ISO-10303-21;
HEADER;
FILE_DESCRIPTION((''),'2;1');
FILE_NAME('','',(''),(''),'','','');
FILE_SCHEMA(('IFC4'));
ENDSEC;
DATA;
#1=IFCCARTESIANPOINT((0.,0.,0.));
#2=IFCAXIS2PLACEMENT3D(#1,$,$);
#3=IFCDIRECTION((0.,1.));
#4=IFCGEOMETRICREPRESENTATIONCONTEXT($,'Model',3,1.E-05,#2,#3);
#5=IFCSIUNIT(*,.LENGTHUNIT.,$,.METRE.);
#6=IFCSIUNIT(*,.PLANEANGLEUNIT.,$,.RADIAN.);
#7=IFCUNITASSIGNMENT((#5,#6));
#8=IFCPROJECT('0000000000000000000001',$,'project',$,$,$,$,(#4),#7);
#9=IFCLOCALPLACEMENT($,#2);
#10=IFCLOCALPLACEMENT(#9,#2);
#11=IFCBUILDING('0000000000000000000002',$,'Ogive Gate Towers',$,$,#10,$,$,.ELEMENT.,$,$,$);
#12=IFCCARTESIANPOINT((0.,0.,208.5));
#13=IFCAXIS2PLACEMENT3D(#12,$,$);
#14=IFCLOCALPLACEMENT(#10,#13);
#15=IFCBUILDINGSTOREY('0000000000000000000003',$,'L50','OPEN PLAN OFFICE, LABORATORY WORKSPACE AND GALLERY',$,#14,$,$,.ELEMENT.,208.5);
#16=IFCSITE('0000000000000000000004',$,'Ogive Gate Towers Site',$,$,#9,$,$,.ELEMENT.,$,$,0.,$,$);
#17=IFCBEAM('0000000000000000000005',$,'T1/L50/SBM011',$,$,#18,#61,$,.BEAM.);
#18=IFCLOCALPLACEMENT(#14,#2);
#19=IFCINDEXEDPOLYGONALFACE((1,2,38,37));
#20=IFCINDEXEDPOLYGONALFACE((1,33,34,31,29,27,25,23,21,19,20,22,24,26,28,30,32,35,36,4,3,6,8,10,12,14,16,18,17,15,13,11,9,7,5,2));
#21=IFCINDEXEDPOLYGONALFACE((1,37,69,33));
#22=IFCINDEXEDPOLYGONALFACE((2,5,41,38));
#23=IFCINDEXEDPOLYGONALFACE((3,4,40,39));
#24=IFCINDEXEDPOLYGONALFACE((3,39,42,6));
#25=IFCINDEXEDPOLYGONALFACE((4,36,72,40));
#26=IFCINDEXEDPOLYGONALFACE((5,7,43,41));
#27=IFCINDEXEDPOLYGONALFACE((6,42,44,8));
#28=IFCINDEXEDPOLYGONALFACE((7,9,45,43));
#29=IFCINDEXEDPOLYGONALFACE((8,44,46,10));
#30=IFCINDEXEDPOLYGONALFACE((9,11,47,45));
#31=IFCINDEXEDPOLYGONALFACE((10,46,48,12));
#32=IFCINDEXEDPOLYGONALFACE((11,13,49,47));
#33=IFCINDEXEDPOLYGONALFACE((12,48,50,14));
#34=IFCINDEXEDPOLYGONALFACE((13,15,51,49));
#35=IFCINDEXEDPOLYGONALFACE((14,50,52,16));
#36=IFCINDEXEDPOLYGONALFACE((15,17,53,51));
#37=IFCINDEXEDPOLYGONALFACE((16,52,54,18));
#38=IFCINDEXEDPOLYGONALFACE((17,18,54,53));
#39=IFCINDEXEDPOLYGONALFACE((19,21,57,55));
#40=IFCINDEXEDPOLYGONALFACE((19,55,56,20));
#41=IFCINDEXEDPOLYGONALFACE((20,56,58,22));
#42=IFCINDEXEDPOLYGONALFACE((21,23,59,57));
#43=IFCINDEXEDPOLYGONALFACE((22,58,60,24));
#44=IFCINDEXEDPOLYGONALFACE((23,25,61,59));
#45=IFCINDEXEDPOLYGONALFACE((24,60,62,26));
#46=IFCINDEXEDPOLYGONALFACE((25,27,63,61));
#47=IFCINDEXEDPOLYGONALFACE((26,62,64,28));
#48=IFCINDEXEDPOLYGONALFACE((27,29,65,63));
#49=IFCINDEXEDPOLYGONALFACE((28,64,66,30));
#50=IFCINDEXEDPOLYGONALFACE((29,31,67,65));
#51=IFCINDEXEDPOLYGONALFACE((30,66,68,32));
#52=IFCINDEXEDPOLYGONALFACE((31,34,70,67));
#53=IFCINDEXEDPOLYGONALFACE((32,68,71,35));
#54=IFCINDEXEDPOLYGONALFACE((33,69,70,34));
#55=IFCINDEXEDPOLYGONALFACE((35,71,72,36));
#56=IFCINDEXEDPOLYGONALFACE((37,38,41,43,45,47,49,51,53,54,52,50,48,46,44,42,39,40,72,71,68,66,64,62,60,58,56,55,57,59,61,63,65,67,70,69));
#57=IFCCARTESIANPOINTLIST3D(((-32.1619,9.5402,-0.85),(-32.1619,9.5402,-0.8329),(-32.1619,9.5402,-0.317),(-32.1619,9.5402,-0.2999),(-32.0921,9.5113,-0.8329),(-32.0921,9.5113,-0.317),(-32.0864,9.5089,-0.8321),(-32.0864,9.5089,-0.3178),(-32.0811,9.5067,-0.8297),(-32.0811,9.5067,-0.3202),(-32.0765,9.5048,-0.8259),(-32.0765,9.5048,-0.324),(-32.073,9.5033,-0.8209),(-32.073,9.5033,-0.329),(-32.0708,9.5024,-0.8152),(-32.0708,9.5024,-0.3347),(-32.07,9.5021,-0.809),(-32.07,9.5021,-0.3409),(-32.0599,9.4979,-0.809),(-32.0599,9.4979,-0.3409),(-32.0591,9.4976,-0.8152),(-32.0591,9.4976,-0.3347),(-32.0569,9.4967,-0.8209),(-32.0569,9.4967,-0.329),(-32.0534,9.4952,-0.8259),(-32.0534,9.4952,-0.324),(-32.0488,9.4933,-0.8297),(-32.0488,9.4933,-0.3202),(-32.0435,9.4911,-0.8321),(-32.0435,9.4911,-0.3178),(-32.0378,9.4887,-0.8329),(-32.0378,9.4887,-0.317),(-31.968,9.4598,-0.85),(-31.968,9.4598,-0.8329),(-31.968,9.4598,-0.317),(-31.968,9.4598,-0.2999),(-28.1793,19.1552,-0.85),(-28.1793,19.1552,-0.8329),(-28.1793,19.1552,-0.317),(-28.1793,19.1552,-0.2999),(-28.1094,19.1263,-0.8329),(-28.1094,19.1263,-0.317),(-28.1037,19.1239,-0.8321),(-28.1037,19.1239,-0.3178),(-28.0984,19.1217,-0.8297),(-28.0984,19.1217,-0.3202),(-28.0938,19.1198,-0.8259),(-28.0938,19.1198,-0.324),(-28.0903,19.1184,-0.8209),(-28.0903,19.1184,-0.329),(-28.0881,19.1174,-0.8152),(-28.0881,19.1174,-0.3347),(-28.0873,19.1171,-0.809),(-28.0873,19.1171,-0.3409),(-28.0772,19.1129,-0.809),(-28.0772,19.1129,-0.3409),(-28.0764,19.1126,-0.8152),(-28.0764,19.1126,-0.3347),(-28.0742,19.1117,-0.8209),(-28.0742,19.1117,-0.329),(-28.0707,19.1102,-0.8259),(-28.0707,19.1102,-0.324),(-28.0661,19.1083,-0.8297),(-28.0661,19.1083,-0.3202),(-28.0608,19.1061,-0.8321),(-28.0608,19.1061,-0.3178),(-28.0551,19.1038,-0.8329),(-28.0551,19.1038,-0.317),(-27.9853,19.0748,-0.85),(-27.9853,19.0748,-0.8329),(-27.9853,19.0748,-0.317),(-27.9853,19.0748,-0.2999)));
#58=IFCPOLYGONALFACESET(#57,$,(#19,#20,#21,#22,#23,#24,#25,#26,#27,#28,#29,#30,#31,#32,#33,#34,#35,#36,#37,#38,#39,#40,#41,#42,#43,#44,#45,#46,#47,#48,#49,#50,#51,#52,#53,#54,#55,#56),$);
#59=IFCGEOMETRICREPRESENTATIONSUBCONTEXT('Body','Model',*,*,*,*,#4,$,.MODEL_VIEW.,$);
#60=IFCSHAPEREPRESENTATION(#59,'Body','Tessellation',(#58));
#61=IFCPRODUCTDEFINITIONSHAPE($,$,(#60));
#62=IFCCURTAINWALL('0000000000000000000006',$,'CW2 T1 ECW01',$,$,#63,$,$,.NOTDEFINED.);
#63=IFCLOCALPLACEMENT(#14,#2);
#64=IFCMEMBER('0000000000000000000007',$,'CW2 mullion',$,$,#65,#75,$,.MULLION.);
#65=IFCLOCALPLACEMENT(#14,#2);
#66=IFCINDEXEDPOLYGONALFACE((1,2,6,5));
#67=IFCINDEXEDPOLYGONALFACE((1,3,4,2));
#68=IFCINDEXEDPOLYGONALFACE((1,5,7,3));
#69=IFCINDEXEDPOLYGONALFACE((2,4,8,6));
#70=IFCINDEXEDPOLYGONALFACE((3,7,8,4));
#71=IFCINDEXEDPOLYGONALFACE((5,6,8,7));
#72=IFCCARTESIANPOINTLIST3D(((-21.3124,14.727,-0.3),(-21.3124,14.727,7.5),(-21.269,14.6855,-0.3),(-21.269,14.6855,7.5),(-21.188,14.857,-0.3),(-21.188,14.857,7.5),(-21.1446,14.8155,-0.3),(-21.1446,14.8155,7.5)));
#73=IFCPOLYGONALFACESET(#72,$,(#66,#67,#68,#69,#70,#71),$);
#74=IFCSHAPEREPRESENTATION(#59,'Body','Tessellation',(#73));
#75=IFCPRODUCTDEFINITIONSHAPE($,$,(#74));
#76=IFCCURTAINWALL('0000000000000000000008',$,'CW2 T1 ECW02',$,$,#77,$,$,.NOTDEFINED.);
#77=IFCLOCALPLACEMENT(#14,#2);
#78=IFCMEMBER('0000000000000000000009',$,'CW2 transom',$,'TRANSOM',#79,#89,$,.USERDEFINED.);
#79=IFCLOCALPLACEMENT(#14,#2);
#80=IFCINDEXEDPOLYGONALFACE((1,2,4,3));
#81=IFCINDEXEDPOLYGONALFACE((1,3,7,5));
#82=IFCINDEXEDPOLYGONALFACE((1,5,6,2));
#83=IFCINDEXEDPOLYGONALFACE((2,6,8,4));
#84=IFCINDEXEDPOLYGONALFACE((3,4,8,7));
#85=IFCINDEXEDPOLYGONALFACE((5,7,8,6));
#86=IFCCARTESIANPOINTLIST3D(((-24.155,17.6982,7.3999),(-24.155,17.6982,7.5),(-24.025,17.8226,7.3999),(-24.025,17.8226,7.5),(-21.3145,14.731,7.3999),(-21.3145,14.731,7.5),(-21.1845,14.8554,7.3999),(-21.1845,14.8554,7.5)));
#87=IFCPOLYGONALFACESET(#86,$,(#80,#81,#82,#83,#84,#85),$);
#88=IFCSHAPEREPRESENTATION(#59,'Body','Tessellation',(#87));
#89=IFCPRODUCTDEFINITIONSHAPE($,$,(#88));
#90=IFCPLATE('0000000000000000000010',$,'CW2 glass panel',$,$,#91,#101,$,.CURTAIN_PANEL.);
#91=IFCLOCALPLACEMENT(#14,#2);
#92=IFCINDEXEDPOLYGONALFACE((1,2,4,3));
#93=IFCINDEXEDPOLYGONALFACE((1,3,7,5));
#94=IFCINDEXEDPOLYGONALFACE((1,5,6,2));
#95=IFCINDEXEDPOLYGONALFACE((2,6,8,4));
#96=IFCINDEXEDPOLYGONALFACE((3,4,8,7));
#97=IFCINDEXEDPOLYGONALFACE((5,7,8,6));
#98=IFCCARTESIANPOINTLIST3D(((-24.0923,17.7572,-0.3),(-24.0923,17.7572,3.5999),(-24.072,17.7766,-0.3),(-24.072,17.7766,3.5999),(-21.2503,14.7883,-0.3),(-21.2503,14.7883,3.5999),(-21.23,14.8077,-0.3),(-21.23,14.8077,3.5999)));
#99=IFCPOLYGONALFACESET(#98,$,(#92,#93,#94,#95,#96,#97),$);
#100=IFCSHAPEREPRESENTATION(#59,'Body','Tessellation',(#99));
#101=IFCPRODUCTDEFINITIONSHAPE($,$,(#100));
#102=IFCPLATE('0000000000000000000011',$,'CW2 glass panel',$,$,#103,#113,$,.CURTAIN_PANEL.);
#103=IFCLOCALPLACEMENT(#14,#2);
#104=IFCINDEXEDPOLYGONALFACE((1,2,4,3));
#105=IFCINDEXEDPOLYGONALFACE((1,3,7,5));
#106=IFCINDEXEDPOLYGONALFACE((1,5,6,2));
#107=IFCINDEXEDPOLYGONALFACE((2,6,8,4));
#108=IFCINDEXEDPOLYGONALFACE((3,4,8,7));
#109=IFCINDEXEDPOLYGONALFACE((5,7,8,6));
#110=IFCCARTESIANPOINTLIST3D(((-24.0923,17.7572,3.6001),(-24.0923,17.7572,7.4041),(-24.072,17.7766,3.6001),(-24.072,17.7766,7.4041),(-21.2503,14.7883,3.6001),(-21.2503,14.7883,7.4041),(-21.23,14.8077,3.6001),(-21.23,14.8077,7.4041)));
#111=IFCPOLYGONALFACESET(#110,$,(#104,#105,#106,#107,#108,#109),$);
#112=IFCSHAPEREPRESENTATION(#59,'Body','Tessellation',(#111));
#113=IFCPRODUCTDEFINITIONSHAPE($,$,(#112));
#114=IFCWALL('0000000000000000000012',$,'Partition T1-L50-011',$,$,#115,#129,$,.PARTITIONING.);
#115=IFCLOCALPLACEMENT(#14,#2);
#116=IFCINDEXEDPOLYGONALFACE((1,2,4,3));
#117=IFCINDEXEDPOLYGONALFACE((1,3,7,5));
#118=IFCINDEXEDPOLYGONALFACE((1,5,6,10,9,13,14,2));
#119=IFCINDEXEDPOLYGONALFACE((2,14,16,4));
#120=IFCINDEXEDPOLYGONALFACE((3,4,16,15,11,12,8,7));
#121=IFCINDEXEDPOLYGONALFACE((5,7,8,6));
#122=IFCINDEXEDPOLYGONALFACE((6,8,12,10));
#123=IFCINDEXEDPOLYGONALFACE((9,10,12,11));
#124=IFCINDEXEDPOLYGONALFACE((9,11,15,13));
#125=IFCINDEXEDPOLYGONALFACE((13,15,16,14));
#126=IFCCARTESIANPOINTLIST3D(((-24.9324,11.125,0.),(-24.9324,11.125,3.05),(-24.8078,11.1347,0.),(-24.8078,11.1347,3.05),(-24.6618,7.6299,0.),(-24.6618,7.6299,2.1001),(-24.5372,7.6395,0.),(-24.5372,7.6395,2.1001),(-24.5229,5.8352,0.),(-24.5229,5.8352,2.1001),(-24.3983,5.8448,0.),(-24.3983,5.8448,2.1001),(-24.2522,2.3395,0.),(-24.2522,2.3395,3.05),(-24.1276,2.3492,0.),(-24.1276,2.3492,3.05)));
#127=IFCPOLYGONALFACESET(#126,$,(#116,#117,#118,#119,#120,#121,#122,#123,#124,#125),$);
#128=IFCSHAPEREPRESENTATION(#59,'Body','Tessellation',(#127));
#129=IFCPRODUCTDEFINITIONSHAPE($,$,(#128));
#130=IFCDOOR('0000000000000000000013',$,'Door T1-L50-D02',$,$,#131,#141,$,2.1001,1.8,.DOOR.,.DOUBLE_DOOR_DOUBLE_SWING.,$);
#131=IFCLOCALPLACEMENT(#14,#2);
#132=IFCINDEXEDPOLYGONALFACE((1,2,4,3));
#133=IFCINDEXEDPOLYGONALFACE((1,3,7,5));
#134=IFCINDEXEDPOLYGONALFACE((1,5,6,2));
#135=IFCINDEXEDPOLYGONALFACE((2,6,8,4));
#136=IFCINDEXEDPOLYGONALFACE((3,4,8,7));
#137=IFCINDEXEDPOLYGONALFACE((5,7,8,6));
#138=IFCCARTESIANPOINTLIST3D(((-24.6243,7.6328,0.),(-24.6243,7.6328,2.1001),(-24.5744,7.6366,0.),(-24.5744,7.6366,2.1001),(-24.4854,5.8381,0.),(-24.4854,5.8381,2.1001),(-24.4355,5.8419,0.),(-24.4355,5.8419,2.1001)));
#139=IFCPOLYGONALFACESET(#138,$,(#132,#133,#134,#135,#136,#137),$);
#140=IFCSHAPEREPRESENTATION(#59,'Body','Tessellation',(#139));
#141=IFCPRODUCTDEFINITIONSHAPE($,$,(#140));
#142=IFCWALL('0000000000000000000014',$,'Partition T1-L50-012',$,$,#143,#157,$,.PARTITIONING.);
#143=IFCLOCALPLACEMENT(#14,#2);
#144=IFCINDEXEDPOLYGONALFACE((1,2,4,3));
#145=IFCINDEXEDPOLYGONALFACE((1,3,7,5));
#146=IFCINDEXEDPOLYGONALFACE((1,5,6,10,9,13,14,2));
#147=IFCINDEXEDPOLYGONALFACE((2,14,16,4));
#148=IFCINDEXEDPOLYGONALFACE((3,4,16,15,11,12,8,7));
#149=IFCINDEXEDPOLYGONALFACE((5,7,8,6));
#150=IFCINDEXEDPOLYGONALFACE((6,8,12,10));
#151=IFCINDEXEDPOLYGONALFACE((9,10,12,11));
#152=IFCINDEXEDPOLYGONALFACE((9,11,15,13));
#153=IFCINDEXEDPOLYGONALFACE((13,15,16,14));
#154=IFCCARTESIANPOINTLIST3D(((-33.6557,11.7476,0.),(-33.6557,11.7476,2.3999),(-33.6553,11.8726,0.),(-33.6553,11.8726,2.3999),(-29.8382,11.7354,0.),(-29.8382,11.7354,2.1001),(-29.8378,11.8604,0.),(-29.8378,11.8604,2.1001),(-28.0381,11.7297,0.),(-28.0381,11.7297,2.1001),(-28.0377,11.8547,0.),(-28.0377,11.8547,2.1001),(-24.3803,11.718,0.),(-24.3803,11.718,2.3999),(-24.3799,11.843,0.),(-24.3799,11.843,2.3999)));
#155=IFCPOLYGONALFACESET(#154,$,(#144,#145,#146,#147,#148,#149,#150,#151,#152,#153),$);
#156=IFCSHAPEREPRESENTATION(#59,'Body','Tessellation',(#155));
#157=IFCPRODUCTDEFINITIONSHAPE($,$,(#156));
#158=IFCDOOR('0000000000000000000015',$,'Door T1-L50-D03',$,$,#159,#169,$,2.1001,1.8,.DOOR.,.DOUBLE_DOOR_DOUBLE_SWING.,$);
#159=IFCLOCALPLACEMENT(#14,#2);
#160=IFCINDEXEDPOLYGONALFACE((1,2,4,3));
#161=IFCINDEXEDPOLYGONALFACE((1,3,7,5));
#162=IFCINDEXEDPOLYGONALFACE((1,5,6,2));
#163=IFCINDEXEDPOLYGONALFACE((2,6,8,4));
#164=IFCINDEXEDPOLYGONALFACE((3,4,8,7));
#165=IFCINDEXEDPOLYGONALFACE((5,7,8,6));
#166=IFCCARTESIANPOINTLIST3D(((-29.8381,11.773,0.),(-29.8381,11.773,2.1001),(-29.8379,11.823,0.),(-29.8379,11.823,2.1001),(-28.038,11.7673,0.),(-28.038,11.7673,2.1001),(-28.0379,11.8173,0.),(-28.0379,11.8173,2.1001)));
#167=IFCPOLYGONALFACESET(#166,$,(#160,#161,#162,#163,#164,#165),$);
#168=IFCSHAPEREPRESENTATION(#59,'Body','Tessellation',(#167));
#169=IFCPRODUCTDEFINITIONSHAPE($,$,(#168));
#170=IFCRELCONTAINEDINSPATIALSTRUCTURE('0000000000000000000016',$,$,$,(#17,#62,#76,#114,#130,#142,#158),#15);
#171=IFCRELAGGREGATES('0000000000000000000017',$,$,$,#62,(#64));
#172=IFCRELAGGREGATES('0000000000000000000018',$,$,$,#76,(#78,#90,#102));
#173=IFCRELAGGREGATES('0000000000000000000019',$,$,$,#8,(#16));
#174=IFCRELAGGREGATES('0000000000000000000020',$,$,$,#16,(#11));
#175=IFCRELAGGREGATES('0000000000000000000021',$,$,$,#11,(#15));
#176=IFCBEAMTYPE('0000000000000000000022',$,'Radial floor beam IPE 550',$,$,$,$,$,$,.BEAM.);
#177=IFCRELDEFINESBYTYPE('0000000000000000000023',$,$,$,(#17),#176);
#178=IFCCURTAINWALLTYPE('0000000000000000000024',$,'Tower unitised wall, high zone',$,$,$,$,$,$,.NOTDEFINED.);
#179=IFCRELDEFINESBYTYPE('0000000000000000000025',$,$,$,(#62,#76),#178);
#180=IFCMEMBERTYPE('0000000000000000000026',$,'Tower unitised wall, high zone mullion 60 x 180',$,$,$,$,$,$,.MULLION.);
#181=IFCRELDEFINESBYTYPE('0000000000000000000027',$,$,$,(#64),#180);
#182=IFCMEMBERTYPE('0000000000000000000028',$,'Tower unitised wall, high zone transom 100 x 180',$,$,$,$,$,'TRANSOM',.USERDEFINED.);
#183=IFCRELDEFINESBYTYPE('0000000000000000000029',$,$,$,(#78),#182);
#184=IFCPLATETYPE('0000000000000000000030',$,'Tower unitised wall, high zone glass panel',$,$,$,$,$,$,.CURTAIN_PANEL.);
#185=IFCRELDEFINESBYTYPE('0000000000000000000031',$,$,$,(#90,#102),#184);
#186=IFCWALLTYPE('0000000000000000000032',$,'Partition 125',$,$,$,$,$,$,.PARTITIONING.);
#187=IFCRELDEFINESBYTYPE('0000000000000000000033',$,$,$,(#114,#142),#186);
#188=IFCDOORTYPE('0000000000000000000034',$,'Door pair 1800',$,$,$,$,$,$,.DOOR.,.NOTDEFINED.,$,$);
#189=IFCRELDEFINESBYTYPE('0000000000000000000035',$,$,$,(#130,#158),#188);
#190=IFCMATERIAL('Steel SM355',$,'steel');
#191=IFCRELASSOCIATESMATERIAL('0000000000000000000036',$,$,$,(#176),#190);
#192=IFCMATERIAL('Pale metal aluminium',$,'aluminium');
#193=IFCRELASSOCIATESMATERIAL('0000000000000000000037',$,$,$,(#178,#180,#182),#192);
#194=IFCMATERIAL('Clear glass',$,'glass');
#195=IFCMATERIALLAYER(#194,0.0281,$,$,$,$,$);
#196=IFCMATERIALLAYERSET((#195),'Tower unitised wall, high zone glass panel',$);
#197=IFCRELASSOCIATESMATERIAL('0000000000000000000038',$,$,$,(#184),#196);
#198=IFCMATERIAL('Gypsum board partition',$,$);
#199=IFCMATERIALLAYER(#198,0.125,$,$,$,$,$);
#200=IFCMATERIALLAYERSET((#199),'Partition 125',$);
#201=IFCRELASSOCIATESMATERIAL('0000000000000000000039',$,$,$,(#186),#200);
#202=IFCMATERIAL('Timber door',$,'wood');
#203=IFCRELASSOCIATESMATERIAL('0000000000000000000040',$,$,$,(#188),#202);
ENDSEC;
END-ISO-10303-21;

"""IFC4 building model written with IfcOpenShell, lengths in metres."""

from ifc_helpers import new_model, si_unit, direction, frame, frame_2d, origin, origin_2d, place, context, subcontext, project, spatial, rectangle, i_section, extrude, material, layer, layer_set, material_profile, profile_set, type_object, element, fill, aggregate, save


model = new_model("IFC4")

# Units and contexts
model_context = context("Model", 3, precision=1e-05, world=origin(), true_north=direction((0.0, 1.0)))
body_context = subcontext(model_context, "Body", "Model", "MODEL_VIEW")
ifc_project = project(units=[si_unit("LENGTHUNIT", "METRE"), si_unit("PLANEANGLEUNIT", "RADIAN")], contexts=[model_context])

# Site, building, storey
site_placement = place(None, origin())
site = spatial("IfcSite", under=ifc_project, at=site_placement, Name="Ogive Gate Towers Site", CompositionType="ELEMENT", RefElevation=0.0)
building_placement = place(site_placement, origin())
building = spatial("IfcBuilding", under=site, at=building_placement, Name="Ogive Gate Towers", CompositionType="ELEMENT")
storey_placement = place(building_placement, frame((0.0, 0.0, 208.5)))
storey = spatial("IfcBuildingStorey", under=building, at=storey_placement, Name="L50", Description="OPEN PLAN OFFICE, LABORATORY WORKSPACE AND GALLERY", CompositionType="ELEMENT", Elevation=208.5)

# Beam
ifc_material_1 = material(Name="Steel SM355", Category="steel")
ifc_material_profile_1 = material_profile(ifc_material_1, i_section(OverallWidth=0.21, OverallDepth=0.55, WebThickness=0.011, FlangeThickness=0.0171, FilletRadius=0.0239, at=origin_2d()), Name="IPE 550")
ifc_profile_set_1 = profile_set([ifc_material_profile_1], Name="Steel SM355")
beam_type = type_object("IfcBeamType", Name="Radial floor beam IPE 550", PredefinedType="BEAM", material=ifc_profile_set_1)
beam_1_placement = place(storey_placement, frame((-32.0649, 9.5, -0.575), z_axis=(0.382684, 0.923879, 0.0), x_axis=(-0.923879, 0.382684, 0.0)))
element("IfcBeam", 1, at=beam_1_placement, inside=storey, type_object=beam_type, Name="T1/L50/SBM011", PredefinedType="BEAM", context=body_context, shape_type="SweptSolid", body=[
    extrude(i_section(OverallWidth=0.21, OverallDepth=0.55, WebThickness=0.011, FlangeThickness=0.0171, FilletRadius=0.0239, at=origin_2d()), origin(), (0.0, 0.0, 1.0), 10.4072),
])

# Curtain wall, member
ifc_material_2 = material(Name="Pale metal aluminium", Category="aluminium")
curtain_wall_type = type_object("IfcCurtainWallType", Name="Tower unitised wall, high zone", PredefinedType="NOTDEFINED", material=ifc_material_2)
curtain_wall_1_placement = place(storey_placement, origin())
curtain_wall_1 = element("IfcCurtainWall", 2, at=curtain_wall_1_placement, inside=storey, type_object=curtain_wall_type, Name="CW2 T1 ECW01", PredefinedType="NOTDEFINED")
ifc_material_profile_2 = material_profile(ifc_material_2, rectangle(XDim=0.1799, YDim=0.0601, at=origin_2d()), Name="60 x 180 aluminium box")
ifc_profile_set_2 = profile_set([ifc_material_profile_2], Name="Pale metal aluminium")
member_type_1 = type_object("IfcMemberType", Name="Tower unitised wall, high zone mullion 60 x 180", PredefinedType="MULLION", material=ifc_profile_set_2)
member_1_placement = place(storey_placement, frame((-21.2285, 14.7712, -0.3), z_axis=(0.0, 0.0, 1.0), x_axis=(0.6915, 0.722376, 0.0)))
member_1 = element("IfcMember", 3, at=member_1_placement, type_object=member_type_1, Name="CW2 mullion", PredefinedType="MULLION", context=body_context, shape_type="SweptSolid", body=[
    extrude(rectangle(XDim=0.1799, YDim=0.0601, at=origin_2d()), origin(), (0.0, 0.0, 1.0), 7.8),
])
aggregate(curtain_wall_1, [member_1])

# Curtain wall, member, plates
curtain_wall_2_placement = place(storey_placement, origin())
curtain_wall_2 = element("IfcCurtainWall", 4, at=curtain_wall_2_placement, inside=storey, type_object=curtain_wall_type, Name="CW2 T1 ECW02", PredefinedType="NOTDEFINED")
ifc_material_profile_3 = material_profile(ifc_material_2, rectangle(XDim=0.1799, YDim=0.1001, at=origin_2d()), Name="100 x 180 aluminium box")
ifc_profile_set_3 = profile_set([ifc_material_profile_3], Name="Pale metal aluminium")
member_type_2 = type_object("IfcMemberType", Name="Tower unitised wall, high zone transom 100 x 180", ElementType="TRANSOM", PredefinedType="USERDEFINED", material=ifc_profile_set_3)
member_2_placement = place(storey_placement, frame((-21.2495, 14.7932, 7.45), z_axis=(-0.691515, 0.722362, 0.0), x_axis=(-0.722362, -0.691515, 0.0)))
member_2 = element("IfcMember", 5, at=member_2_placement, type_object=member_type_2, Name="CW2 transom", ObjectType="TRANSOM", PredefinedType="USERDEFINED", context=body_context, shape_type="SweptSolid", body=[
    extrude(rectangle(XDim=0.1799, YDim=0.1001, at=origin_2d()), origin(), (0.0, 0.0, 1.0), 4.1077),
])
ifc_material_3 = material(Name="Clear glass", Category="glass")
ifc_layer_1 = layer(ifc_material_3, 0.0281)
ifc_layer_set_1 = layer_set([ifc_layer_1], Name="Tower unitised wall, high zone glass panel")
plate_type = type_object("IfcPlateType", Name="Tower unitised wall, high zone glass panel", PredefinedType="CURTAIN_PANEL", material=ifc_layer_set_1)
plate_1_placement = place(storey_placement, frame((-22.6611, 16.2825, -0.3), z_axis=(0.0, 0.0, 1.0), x_axis=(-0.6915, 0.722376, 0.0)))
plate_1 = element("IfcPlate", 6, at=plate_1_placement, type_object=plate_type, Name="CW2 glass panel", PredefinedType="CURTAIN_PANEL", context=body_context, shape_type="SweptSolid", body=[
    extrude(rectangle(XDim=4.1099, YDim=0.0281, at=origin_2d()), origin(), (0.0, 0.0, 1.0), 3.8999),
])
plate_2_placement = place(storey_placement, frame((-22.6611, 16.2825, 3.6001), z_axis=(0.0, 0.0, 1.0), x_axis=(-0.6915, 0.722376, 0.0)))
plate_2 = element("IfcPlate", 7, at=plate_2_placement, type_object=plate_type, Name="CW2 glass panel", PredefinedType="CURTAIN_PANEL", context=body_context, shape_type="SweptSolid", body=[
    extrude(rectangle(XDim=4.1099, YDim=0.0281, at=origin_2d()), origin(), (0.0, 0.0, 1.0), 3.804),
])
aggregate(curtain_wall_2, [member_2, plate_1, plate_2])

# Walls, openings, doors
ifc_material_4 = material(Name="Gypsum board partition")
ifc_layer_2 = layer(ifc_material_4, 0.125)
ifc_layer_set_2 = layer_set([ifc_layer_2], Name="Partition 125")
wall_type_1 = type_object("IfcWallType", Name="Partition 125", PredefinedType="PARTITIONING", material=ifc_layer_set_2)
wall_1_placement = place(storey_placement, frame((-24.1899, 2.3445, 0.0), z_axis=(0.0, 0.0, 1.0), x_axis=(-0.07719, 0.997016, 0.0)))
wall_1 = element("IfcWall", 8, at=wall_1_placement, inside=storey, type_object=wall_type_1, Name="Partition T1-L50-011", PredefinedType="PARTITIONING", context=body_context, shape_type="SweptSolid", body=[
    extrude(rectangle(XDim=8.8118, YDim=0.125, at=frame_2d((4.4058, 0.0))), origin(), (0.0, 0.0, 1.0), 3.05),
])
opening_1_placement = place(wall_1_placement, frame((3.5061, 0.0, 0.0)))
opening_1 = element("IfcOpeningElement", 9, at=opening_1_placement, cuts=wall_1, PredefinedType="OPENING", context=body_context, shape_type="SweptSolid", body=[
    extrude(rectangle(XDim=1.8, YDim=2.1001, at=frame_2d((0.8999, 1.05))), frame((0.0, 0.0725, 0.0), z_axis=(0.0, -1.0, 0.0), x_axis=(1.0, 0.0, 0.0)), (0.0, 0.0, 1.0), 0.145),
])
ifc_material_5 = material(Name="Timber door", Category="wood")
door_type_1 = type_object("IfcDoorType", Name="Door pair 1800", OperationType="NOTDEFINED", PredefinedType="DOOR", material=ifc_material_5)
door_1_placement = place(opening_1_placement, origin())
door_1 = element("IfcDoor", 10, at=door_1_placement, inside=storey, type_object=door_type_1, Name="Door T1-L50-D02", OperationType="DOUBLE_DOOR_DOUBLE_SWING", OverallHeight=2.1001, OverallWidth=1.8, PredefinedType="DOOR", context=body_context, shape_type="SweptSolid", body=[
    extrude(rectangle(XDim=1.8, YDim=2.1001, at=frame_2d((0.8999, 1.05))), frame((0.0, 0.0249, 0.0), z_axis=(0.0, -1.0, 0.0), x_axis=(1.0, 0.0, 0.0)), (0.0, 0.0, 1.0), 0.05),
])
fill(opening_1, door_1)
wall_2_placement = place(storey_placement, frame((-24.3801, 11.7805, 0.0), z_axis=(0.0, 0.0, 1.0), x_axis=(-0.999995, 0.003185, 0.0)))
wall_2 = element("IfcWall", 11, at=wall_2_placement, inside=storey, type_object=wall_type_1, Name="Partition T1-L50-012", PredefinedType="PARTITIONING", context=body_context, shape_type="SweptSolid", body=[
    extrude(rectangle(XDim=9.2754, YDim=0.125, at=frame_2d((4.6377, 0.0))), origin(), (0.0, 0.0, 1.0), 2.3999),
])
opening_2_placement = place(wall_2_placement, frame((3.658, 0.0, 0.0)))
opening_2 = element("IfcOpeningElement", 12, at=opening_2_placement, cuts=wall_2, PredefinedType="OPENING", context=body_context, shape_type="SweptSolid", body=[
    extrude(rectangle(XDim=1.8, YDim=2.1001, at=frame_2d((0.8999, 1.05))), frame((0.0, 0.0725, 0.0), z_axis=(0.0, -1.0, 0.0), x_axis=(1.0, 0.0, 0.0)), (0.0, 0.0, 1.0), 0.145),
])
door_2_placement = place(opening_2_placement, origin())
door_2 = element("IfcDoor", 13, at=door_2_placement, inside=storey, type_object=door_type_1, Name="Door T1-L50-D03", OperationType="DOUBLE_DOOR_DOUBLE_SWING", OverallHeight=2.1001, OverallWidth=1.8, PredefinedType="DOOR", context=body_context, shape_type="SweptSolid", body=[
    extrude(rectangle(XDim=1.8, YDim=2.1001, at=frame_2d((0.8999, 1.05))), frame((0.0, 0.0249, 0.0), z_axis=(0.0, -1.0, 0.0), x_axis=(1.0, 0.0, 0.0)), (0.0, 0.0, 1.0), 0.05),
])
fill(opening_2, door_2)

save(model, "model.ifc")
